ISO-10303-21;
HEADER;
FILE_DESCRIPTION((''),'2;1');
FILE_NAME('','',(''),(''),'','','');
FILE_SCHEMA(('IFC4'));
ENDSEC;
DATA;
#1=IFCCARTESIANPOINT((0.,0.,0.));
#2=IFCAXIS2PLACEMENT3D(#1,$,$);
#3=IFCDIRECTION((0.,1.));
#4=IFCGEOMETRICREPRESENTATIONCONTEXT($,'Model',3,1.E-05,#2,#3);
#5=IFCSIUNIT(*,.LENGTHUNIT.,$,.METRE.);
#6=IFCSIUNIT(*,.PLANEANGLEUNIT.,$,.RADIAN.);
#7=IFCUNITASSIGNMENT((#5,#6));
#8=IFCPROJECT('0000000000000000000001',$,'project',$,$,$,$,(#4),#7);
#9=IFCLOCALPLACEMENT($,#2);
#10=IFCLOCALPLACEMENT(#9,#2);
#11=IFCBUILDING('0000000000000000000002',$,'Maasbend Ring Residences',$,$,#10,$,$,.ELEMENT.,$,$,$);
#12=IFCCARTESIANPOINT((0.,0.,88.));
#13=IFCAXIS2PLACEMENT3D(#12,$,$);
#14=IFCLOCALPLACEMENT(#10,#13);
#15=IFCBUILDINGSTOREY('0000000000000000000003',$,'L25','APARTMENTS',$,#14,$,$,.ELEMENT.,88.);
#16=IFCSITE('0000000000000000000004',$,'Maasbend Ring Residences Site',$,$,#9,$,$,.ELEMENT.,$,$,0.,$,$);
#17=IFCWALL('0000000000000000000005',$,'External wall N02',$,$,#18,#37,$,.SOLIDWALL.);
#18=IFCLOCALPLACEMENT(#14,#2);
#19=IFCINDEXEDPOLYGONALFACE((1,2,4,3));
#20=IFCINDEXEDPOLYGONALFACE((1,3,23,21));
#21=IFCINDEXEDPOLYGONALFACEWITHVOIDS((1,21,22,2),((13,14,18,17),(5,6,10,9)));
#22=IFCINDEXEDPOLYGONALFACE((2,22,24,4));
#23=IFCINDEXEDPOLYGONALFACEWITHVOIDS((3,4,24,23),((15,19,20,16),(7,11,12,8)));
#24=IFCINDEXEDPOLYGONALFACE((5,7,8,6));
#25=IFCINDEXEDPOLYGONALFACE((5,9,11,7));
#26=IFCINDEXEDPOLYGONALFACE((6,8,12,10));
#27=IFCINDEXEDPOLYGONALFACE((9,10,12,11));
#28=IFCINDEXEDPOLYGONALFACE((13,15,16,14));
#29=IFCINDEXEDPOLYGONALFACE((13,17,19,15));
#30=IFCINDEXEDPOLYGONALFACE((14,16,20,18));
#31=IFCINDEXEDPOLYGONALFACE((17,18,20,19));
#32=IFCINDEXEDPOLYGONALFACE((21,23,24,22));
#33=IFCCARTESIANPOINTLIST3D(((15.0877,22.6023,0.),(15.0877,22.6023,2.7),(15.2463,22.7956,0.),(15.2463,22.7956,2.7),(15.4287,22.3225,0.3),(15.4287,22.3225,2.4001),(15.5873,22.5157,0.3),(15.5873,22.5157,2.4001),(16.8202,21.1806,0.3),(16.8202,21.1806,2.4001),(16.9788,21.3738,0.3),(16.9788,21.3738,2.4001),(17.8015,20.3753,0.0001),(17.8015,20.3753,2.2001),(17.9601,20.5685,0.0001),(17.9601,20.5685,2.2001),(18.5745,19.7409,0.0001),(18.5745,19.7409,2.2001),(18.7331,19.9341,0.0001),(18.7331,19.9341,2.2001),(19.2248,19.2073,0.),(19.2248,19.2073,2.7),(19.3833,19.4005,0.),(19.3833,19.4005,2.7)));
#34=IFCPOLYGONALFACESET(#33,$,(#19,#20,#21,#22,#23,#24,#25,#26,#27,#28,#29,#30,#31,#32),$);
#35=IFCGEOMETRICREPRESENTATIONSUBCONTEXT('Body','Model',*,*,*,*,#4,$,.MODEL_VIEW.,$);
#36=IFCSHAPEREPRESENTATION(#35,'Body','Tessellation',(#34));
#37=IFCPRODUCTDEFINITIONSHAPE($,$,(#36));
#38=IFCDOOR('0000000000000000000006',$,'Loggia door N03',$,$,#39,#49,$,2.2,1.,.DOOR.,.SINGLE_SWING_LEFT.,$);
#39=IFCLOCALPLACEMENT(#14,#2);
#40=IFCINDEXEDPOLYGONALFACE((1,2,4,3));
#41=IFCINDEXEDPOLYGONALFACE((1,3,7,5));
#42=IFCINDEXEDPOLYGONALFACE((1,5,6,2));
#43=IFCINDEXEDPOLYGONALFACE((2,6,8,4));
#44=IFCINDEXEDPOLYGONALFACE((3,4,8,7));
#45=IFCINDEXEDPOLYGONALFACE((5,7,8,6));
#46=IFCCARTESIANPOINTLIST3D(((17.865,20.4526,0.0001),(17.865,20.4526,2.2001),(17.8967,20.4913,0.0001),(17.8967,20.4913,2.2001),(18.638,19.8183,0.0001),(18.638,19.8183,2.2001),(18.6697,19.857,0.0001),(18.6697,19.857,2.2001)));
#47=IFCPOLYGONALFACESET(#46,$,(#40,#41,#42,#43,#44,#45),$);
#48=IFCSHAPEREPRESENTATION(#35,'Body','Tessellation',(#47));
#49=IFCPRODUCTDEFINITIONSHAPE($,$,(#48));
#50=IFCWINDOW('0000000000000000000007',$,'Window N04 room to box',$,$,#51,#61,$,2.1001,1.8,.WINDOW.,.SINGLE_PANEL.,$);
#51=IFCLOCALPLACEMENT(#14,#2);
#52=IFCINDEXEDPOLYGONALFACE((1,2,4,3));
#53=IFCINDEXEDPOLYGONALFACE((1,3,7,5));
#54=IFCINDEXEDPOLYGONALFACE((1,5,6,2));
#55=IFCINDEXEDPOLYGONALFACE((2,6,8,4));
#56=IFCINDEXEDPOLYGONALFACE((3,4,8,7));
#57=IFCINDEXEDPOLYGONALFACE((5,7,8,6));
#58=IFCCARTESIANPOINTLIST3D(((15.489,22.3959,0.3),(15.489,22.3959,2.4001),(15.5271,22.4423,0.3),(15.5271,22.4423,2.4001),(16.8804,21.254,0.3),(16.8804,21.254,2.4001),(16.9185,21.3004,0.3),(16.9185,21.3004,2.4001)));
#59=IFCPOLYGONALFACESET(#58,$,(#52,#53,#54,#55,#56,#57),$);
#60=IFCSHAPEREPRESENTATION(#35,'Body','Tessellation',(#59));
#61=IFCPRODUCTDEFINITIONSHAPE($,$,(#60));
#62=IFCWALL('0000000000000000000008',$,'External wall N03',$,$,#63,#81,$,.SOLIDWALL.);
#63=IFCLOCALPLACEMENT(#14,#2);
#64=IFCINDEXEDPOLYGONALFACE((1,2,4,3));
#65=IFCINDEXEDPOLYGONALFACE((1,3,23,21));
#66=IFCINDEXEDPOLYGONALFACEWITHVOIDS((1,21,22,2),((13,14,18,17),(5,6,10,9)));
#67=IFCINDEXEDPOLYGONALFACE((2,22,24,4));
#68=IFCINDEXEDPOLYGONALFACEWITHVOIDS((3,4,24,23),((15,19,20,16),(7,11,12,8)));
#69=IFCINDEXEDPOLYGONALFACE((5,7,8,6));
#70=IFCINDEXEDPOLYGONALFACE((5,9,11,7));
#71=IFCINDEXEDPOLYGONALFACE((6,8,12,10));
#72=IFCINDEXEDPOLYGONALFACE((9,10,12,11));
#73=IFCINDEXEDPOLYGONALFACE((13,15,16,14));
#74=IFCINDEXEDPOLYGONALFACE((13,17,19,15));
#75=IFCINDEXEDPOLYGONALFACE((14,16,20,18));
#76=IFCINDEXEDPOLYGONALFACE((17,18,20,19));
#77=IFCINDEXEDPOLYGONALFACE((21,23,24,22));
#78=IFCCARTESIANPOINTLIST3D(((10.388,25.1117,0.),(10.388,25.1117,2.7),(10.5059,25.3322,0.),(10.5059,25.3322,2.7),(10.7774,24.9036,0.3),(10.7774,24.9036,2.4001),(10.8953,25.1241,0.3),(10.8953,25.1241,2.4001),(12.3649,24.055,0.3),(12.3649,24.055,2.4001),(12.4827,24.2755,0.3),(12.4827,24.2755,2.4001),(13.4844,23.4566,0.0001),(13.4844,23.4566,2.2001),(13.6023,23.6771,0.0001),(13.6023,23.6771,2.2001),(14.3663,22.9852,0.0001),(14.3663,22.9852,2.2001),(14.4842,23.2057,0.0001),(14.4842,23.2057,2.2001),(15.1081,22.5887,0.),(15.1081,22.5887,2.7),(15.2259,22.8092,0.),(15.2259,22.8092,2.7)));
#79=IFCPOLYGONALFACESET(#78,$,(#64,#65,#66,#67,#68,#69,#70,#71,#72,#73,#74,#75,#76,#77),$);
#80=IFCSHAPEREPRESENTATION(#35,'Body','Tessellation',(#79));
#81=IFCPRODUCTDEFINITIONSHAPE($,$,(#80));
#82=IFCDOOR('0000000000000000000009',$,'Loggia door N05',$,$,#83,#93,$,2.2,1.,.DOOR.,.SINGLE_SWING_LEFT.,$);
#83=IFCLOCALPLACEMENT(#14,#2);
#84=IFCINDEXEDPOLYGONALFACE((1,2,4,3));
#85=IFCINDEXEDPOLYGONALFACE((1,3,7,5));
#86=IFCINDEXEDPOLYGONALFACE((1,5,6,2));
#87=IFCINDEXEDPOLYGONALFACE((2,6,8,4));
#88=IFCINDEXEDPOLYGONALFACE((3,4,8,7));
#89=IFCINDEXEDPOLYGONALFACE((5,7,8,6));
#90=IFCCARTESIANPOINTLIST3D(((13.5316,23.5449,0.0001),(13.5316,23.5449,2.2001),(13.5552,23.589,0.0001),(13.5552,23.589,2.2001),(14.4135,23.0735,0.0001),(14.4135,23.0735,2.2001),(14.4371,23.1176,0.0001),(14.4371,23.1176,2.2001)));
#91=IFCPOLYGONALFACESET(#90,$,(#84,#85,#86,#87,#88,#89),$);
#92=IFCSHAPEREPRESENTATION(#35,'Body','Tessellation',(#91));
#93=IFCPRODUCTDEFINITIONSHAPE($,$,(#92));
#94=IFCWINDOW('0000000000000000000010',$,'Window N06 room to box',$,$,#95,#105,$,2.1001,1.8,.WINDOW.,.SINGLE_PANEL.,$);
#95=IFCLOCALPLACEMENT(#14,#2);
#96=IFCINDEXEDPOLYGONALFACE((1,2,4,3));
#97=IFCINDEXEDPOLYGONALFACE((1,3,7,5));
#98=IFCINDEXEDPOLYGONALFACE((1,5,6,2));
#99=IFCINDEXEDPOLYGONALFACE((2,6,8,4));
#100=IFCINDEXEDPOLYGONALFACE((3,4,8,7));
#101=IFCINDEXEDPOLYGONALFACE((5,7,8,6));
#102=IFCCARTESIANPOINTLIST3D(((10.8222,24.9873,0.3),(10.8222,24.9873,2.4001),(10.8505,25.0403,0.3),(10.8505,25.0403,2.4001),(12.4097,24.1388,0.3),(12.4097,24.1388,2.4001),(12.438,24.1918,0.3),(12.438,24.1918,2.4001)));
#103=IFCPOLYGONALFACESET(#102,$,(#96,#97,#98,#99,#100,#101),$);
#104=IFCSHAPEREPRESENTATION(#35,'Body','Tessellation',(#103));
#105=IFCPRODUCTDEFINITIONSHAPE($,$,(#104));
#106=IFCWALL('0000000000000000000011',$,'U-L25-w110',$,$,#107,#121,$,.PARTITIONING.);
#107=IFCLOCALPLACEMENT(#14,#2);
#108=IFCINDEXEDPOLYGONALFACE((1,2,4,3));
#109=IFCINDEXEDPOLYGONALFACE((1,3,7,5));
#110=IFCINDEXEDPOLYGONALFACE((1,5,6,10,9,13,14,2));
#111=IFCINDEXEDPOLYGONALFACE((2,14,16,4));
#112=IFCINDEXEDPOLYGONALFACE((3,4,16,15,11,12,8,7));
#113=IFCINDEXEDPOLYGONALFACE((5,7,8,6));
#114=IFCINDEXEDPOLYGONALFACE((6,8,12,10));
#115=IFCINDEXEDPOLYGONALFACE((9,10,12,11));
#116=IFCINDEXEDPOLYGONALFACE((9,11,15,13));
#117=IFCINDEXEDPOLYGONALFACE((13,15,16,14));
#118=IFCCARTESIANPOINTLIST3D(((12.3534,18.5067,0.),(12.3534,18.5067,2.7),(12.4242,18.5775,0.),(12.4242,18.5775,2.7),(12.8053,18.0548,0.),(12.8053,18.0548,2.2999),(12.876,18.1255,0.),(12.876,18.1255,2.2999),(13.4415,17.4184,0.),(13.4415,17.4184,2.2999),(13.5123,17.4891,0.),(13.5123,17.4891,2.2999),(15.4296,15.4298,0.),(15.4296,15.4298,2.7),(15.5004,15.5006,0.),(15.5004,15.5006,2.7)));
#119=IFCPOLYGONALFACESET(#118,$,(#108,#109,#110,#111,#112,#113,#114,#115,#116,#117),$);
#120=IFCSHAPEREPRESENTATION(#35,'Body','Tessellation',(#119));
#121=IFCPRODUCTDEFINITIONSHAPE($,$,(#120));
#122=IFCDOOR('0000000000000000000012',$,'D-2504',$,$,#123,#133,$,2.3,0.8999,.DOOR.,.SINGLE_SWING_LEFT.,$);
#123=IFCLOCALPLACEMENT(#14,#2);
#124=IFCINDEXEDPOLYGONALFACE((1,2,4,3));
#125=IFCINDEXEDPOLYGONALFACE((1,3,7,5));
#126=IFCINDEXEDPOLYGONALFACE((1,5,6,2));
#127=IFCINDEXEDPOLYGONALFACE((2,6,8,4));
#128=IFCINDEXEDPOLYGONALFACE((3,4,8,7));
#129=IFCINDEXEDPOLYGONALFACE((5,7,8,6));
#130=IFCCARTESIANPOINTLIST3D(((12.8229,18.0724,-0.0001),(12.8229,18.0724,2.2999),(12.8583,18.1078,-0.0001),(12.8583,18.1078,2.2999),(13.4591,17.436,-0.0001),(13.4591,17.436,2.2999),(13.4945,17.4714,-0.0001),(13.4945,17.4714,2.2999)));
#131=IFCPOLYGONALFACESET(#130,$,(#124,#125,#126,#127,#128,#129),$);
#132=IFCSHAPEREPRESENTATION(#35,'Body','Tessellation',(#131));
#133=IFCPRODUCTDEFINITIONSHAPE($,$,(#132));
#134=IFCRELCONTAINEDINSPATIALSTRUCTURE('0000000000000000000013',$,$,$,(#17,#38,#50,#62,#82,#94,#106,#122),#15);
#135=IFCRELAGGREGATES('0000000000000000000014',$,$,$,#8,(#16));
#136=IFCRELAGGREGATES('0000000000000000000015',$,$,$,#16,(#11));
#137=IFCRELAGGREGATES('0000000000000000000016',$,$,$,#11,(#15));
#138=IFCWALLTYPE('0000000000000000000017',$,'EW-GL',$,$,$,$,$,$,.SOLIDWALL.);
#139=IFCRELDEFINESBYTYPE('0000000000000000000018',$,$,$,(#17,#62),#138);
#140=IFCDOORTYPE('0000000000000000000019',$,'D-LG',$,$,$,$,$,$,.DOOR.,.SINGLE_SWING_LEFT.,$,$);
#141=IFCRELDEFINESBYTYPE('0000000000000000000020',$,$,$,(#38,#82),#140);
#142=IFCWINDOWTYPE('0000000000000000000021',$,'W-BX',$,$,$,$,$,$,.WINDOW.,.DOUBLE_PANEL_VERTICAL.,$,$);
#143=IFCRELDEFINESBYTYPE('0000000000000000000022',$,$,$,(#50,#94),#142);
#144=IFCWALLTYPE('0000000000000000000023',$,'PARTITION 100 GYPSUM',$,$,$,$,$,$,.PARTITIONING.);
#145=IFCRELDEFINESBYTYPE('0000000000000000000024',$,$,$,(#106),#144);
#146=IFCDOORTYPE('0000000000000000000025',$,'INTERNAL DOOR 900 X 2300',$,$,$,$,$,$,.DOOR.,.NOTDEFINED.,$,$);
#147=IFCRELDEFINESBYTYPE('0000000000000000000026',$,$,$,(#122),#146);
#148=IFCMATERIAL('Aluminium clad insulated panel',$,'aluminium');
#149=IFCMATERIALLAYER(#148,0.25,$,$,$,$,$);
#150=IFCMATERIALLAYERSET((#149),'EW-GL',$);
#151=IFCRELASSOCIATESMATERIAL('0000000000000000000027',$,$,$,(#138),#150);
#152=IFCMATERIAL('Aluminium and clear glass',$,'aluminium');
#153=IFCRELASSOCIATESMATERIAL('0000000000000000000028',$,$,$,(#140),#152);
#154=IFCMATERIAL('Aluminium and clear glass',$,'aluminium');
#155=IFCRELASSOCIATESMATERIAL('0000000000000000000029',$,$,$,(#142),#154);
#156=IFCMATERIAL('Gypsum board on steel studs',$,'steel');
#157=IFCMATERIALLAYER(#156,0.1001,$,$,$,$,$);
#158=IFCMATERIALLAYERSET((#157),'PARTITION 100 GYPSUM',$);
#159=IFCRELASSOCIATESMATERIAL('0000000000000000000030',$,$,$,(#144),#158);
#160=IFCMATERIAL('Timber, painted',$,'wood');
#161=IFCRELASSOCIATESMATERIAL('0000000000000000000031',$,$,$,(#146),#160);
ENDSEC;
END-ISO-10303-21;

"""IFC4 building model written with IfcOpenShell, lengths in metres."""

from ifc_helpers import new_model, si_unit, direction, frame, frame_2d, origin, place, context, subcontext, project, spatial, rectangle, extrude, material, layer, layer_set, type_object, element, fill, save


model = new_model("IFC4")

# Units and contexts
model_context = context("Model", 3, precision=1e-05, world=origin(), true_north=direction((0.0, 1.0)))
body_context = subcontext(model_context, "Body", "Model", "MODEL_VIEW")
ifc_project = project(units=[si_unit("LENGTHUNIT", "METRE"), si_unit("PLANEANGLEUNIT", "RADIAN")], contexts=[model_context])

# Site, building, storey
site_placement = place(None, origin())
site = spatial("IfcSite", under=ifc_project, at=site_placement, Name="Maasbend Ring Residences Site", CompositionType="ELEMENT", RefElevation=0.0)
building_placement = place(site_placement, origin())
building = spatial("IfcBuilding", under=site, at=building_placement, Name="Maasbend Ring Residences", CompositionType="ELEMENT")
storey_placement = place(building_placement, frame((0.0, 0.0, 88.0)))
storey = spatial("IfcBuildingStorey", under=building, at=storey_placement, Name="L25", Description="APARTMENTS", CompositionType="ELEMENT", Elevation=88.0)

# Walls, openings, doors, windows
ifc_material_1 = material(Name="Aluminium clad insulated panel", Category="aluminium")
ifc_layer_1 = layer(ifc_material_1, 0.25)
ifc_layer_set_1 = layer_set([ifc_layer_1], Name="EW-GL")
wall_type_1 = type_object("IfcWallType", Name="EW-GL", PredefinedType="SOLIDWALL", material=ifc_layer_set_1)
wall_1_placement = place(storey_placement, frame((19.304, 19.304, 0.0), z_axis=(0.0, 0.0, 1.0), x_axis=(-0.773019, 0.634382, 0.0)))
wall_1 = element("IfcWall", 1, at=wall_1_placement, inside=storey, type_object=wall_type_1, Name="External wall N02", PredefinedType="SOLIDWALL", context=body_context, shape_type="SweptSolid", body=[
    extrude(rectangle(XDim=5.3518, YDim=0.25, at=frame_2d((2.6758, 0.0))), origin(), (0.0, 0.0, 1.0), 2.7),
])
opening_1_placement = place(wall_1_placement, frame((0.8411, 0.0, 0.0)))
opening_1 = element("IfcOpeningElement", 2, at=opening_1_placement, cuts=wall_1, PredefinedType="OPENING", context=body_context, shape_type="SweptSolid", body=[
    extrude(rectangle(XDim=1.0, YDim=2.2, at=frame_2d((0.5, 1.1001))), frame((0.0, 0.135, 0.0), z_axis=(0.0, -1.0, 0.0), x_axis=(1.0, 0.0, 0.0)), (0.0, 0.0, 1.0), 0.27),
])
opening_2_placement = place(wall_1_placement, frame((3.1106, 0.0, 0.3)))
opening_2 = element("IfcOpeningElement", 3, at=opening_2_placement, cuts=wall_1, PredefinedType="OPENING", context=body_context, shape_type="SweptSolid", body=[
    extrude(rectangle(XDim=1.8, YDim=2.1001, at=frame_2d((0.8999, 1.05))), frame((0.0, 0.135, 0.0), z_axis=(0.0, -1.0, 0.0), x_axis=(1.0, 0.0, 0.0)), (0.0, 0.0, 1.0), 0.27),
])
ifc_material_2 = material(Name="Aluminium and clear glass", Category="aluminium")
door_type_1 = type_object("IfcDoorType", Name="D-LG", OperationType="SINGLE_SWING_LEFT", PredefinedType="DOOR", material=ifc_material_2)
door_1_placement = place(opening_1_placement, origin())
door_1 = element("IfcDoor", 4, at=door_1_placement, inside=storey, type_object=door_type_1, Name="Loggia door N03", OperationType="SINGLE_SWING_LEFT", OverallHeight=2.2, OverallWidth=1.0, PredefinedType="DOOR", context=body_context, shape_type="SweptSolid", body=[
    extrude(rectangle(XDim=1.0, YDim=2.2, at=frame_2d((0.5, 1.1001))), frame((0.0, 0.0249, 0.0), z_axis=(0.0, -1.0, 0.0), x_axis=(1.0, 0.0, 0.0)), (0.0, 0.0, 1.0), 0.05),
])
fill(opening_1, door_1)
ifc_material_3 = material(Name="Aluminium and clear glass", Category="aluminium")
window_type_1 = type_object("IfcWindowType", Name="W-BX", PartitioningType="DOUBLE_PANEL_VERTICAL", PredefinedType="WINDOW", material=ifc_material_3)
window_1_placement = place(opening_2_placement, origin())
window_1 = element("IfcWindow", 5, at=window_1_placement, inside=storey, type_object=window_type_1, Name="Window N04 room to box", OverallHeight=2.1001, OverallWidth=1.8, PartitioningType="SINGLE_PANEL", PredefinedType="WINDOW", context=body_context, shape_type="SweptSolid", body=[
    extrude(rectangle(XDim=1.8, YDim=2.1001, at=frame_2d((0.8999, 1.05))), frame((0.0, 0.03, 0.0), z_axis=(0.0, -1.0, 0.0), x_axis=(1.0, 0.0, 0.0)), (0.0, 0.0, 1.0), 0.0601),
])
fill(opening_2, window_1)
wall_2_placement = place(storey_placement, frame((15.167, 22.699, 0.0), z_axis=(0.0, 0.0, 1.0), x_axis=(-0.881916, 0.471407, 0.0)))
wall_2 = element("IfcWall", 6, at=wall_2_placement, inside=storey, type_object=wall_type_1, Name="External wall N03", PredefinedType="SOLIDWALL", context=body_context, shape_type="SweptSolid", body=[
    extrude(rectangle(XDim=5.3521, YDim=0.25, at=frame_2d((2.676, 0.0))), origin(), (0.0, 0.0, 1.0), 2.7),
])
opening_3_placement = place(wall_2_placement, frame((0.8411, 0.0, 0.0)))
opening_3 = element("IfcOpeningElement", 7, at=opening_3_placement, cuts=wall_2, PredefinedType="OPENING", context=body_context, shape_type="SweptSolid", body=[
    extrude(rectangle(XDim=1.0, YDim=2.2, at=frame_2d((0.5, 1.1001))), frame((0.0, 0.135, 0.0), z_axis=(0.0, -1.0, 0.0), x_axis=(1.0, 0.0, 0.0)), (0.0, 0.0, 1.0), 0.27),
])
opening_4_placement = place(wall_2_placement, frame((3.1106, 0.0, 0.3)))
opening_4 = element("IfcOpeningElement", 8, at=opening_4_placement, cuts=wall_2, PredefinedType="OPENING", context=body_context, shape_type="SweptSolid", body=[
    extrude(rectangle(XDim=1.8, YDim=2.1001, at=frame_2d((0.8999, 1.05))), frame((0.0, 0.135, 0.0), z_axis=(0.0, -1.0, 0.0), x_axis=(1.0, 0.0, 0.0)), (0.0, 0.0, 1.0), 0.27),
])
door_2_placement = place(opening_3_placement, origin())
door_2 = element("IfcDoor", 9, at=door_2_placement, inside=storey, type_object=door_type_1, Name="Loggia door N05", OperationType="SINGLE_SWING_LEFT", OverallHeight=2.2, OverallWidth=1.0, PredefinedType="DOOR", context=body_context, shape_type="SweptSolid", body=[
    extrude(rectangle(XDim=1.0, YDim=2.2, at=frame_2d((0.5, 1.1001))), frame((0.0, 0.0249, 0.0), z_axis=(0.0, -1.0, 0.0), x_axis=(1.0, 0.0, 0.0)), (0.0, 0.0, 1.0), 0.05),
])
fill(opening_3, door_2)
window_2_placement = place(opening_4_placement, origin())
window_2 = element("IfcWindow", 10, at=window_2_placement, inside=storey, type_object=window_type_1, Name="Window N06 room to box", OverallHeight=2.1001, OverallWidth=1.8, PartitioningType="SINGLE_PANEL", PredefinedType="WINDOW", context=body_context, shape_type="SweptSolid", body=[
    extrude(rectangle(XDim=1.8, YDim=2.1001, at=frame_2d((0.8999, 1.05))), frame((0.0, 0.03, 0.0), z_axis=(0.0, -1.0, 0.0), x_axis=(1.0, 0.0, 0.0)), (0.0, 0.0, 1.0), 0.0601),
])
fill(opening_4, window_2)

# Wall, opening, door
ifc_material_4 = material(Name="Gypsum board on steel studs", Category="steel")
ifc_layer_2 = layer(ifc_material_4, 0.1001)
ifc_layer_set_2 = layer_set([ifc_layer_2], Name="PARTITION 100 GYPSUM")
wall_type_2 = type_object("IfcWallType", Name="PARTITION 100 GYPSUM", PredefinedType="PARTITIONING", material=ifc_layer_set_2)
wall_3_placement = place(storey_placement, frame((12.3889, 18.542, 0.0), z_axis=(0.0, 0.0, 1.0), x_axis=(0.707023, -0.707191, 0.0)))
wall_3 = element("IfcWall", 11, at=wall_3_placement, inside=storey, type_object=wall_type_2, Name="U-L25-w110", PredefinedType="PARTITIONING", context=body_context, shape_type="SweptSolid", body=[
    extrude(rectangle(XDim=4.3508, YDim=0.1001, at=frame_2d((2.1753, 0.0))), origin(), (0.0, 0.0, 1.0), 2.7),
])
opening_5_placement = place(wall_3_placement, frame((0.6389, 0.0, 0.0)))
opening_5 = element("IfcOpeningElement", 12, at=opening_5_placement, cuts=wall_3, PredefinedType="OPENING", context=body_context, shape_type="SweptSolid", body=[
    extrude(rectangle(XDim=0.8999, YDim=2.3, at=frame_2d((0.45, 1.1499))), frame((0.0, 0.0601, 0.0), z_axis=(0.0, -1.0, 0.0), x_axis=(1.0, 0.0, 0.0)), (0.0, 0.0, 1.0), 0.1201),
])
ifc_material_5 = material(Name="Timber, painted", Category="wood")
door_type_2 = type_object("IfcDoorType", Name="INTERNAL DOOR 900 X 2300", OperationType="NOTDEFINED", PredefinedType="DOOR", material=ifc_material_5)
door_3_placement = place(opening_5_placement, origin())
door_3 = element("IfcDoor", 13, at=door_3_placement, inside=storey, type_object=door_type_2, Name="D-2504", OperationType="SINGLE_SWING_LEFT", OverallHeight=2.3, OverallWidth=0.8999, PredefinedType="DOOR", context=body_context, shape_type="SweptSolid", body=[
    extrude(rectangle(XDim=0.8999, YDim=2.3, at=frame_2d((0.45, 1.1499))), frame((0.0, 0.0249, 0.0), z_axis=(0.0, -1.0, 0.0), x_axis=(1.0, 0.0, 0.0)), (0.0, 0.0, 1.0), 0.05),
])
fill(opening_5, door_3)

save(model, "model.ifc")
